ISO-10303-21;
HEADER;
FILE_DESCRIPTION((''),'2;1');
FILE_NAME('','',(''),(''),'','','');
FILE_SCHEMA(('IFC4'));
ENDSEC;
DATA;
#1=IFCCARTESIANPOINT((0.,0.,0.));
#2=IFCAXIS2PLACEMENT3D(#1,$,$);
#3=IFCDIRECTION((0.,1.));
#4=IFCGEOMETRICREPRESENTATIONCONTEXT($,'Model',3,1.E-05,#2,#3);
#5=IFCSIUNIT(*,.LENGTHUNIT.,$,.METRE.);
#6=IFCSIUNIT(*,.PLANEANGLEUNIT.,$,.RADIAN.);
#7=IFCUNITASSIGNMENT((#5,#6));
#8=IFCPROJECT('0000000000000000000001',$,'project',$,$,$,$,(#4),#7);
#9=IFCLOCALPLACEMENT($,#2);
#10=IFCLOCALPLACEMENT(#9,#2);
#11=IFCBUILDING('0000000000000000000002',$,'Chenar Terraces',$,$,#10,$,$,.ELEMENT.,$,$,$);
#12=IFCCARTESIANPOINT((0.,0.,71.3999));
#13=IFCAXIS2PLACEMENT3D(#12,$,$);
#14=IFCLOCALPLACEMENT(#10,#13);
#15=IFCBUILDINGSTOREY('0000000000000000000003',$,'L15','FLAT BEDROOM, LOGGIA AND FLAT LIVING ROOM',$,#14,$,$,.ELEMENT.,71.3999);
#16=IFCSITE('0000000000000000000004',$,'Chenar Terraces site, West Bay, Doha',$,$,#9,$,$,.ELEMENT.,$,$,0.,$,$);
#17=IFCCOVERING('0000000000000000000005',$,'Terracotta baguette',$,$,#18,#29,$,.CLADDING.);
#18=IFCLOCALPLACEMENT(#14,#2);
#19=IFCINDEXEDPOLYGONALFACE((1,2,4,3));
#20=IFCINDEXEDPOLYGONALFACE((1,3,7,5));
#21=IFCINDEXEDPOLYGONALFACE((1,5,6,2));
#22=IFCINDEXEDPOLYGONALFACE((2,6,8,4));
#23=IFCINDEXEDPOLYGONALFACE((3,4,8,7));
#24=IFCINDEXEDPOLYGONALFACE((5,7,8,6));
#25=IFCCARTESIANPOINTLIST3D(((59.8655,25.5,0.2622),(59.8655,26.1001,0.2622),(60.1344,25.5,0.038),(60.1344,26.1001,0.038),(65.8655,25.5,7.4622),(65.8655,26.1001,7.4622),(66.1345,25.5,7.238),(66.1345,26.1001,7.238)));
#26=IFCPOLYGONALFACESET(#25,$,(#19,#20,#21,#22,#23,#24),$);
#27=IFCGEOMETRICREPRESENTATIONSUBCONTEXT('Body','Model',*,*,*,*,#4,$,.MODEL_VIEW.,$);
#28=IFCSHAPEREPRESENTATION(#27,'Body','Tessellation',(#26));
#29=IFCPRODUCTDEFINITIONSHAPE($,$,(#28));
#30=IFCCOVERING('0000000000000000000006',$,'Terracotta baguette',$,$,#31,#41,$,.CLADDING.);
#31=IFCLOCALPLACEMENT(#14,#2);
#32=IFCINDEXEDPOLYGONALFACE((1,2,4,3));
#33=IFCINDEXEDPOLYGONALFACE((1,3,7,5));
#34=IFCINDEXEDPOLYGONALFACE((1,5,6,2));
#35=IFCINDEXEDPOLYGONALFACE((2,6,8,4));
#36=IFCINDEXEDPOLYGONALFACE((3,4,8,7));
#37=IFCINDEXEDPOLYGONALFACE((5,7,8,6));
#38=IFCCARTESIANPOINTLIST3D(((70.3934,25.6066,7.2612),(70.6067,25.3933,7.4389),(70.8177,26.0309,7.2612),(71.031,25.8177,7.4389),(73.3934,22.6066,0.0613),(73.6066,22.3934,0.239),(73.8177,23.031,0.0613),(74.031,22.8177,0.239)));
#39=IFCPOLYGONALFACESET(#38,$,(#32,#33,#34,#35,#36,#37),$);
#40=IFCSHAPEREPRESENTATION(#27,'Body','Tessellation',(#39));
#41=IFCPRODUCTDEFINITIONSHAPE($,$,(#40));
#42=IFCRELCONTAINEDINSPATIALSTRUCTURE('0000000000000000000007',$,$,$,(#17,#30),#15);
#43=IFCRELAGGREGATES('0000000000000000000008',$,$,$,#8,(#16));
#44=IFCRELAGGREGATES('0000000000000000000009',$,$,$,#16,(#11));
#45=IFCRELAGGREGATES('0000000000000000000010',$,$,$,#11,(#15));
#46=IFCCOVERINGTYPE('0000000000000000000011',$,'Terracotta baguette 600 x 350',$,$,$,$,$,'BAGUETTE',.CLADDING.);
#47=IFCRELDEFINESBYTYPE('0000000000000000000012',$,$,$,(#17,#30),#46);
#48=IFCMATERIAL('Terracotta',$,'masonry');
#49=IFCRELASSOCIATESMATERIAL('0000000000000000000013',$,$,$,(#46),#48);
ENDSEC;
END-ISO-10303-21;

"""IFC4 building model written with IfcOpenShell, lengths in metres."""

from ifc_helpers import new_model, si_unit, direction, frame, origin, origin_2d, place, context, subcontext, project, spatial, rectangle, extrude, material, material_profile, profile_set, type_object, element, save


model = new_model("IFC4")

# Units and contexts
model_context = context("Model", 3, precision=1e-05, world=origin(), true_north=direction((0.0, 1.0)))
body_context = subcontext(model_context, "Body", "Model", "MODEL_VIEW")
ifc_project = project(units=[si_unit("LENGTHUNIT", "METRE"), si_unit("PLANEANGLEUNIT", "RADIAN")], contexts=[model_context])

# Site, building, storey
site_placement = place(None, origin())
site = spatial("IfcSite", under=ifc_project, at=site_placement, Name="Chenar Terraces site, West Bay, Doha", CompositionType="ELEMENT", RefElevation=0.0)
building_placement = place(site_placement, origin())
building = spatial("IfcBuilding", under=site, at=building_placement, Name="Chenar Terraces", CompositionType="ELEMENT")
storey_placement = place(building_placement, frame((0.0, 0.0, 71.3999)))
storey = spatial("IfcBuildingStorey", under=building, at=storey_placement, Name="L15", Description="FLAT BEDROOM, LOGGIA AND FLAT LIVING ROOM", CompositionType="ELEMENT", Elevation=71.3999)

# Coverings
ifc_material_1 = material(Name="Terracotta", Category="masonry")
ifc_material_profile = material_profile(ifc_material_1, rectangle(XDim=0.6001, YDim=0.3501, at=origin_2d()), Name="Terracotta baguette 600 x 350")
ifc_profile_set = profile_set([ifc_material_profile], Name="Terracotta")
covering_type = type_object("IfcCoveringType", Name="Terracotta baguette 600 x 350", ElementType="BAGUETTE", PredefinedType="CLADDING", material=ifc_profile_set)
covering_1_placement = place(storey_placement, frame((66.0, 25.8, 7.3501), z_axis=(-0.640187, 0.0, -0.768219), x_axis=(0.0, -1.0, 0.0)))
element("IfcCovering", 1, at=covering_1_placement, inside=storey, type_object=covering_type, Name="Terracotta baguette", PredefinedType="CLADDING", context=body_context, shape_type="SweptSolid", body=[
    extrude(rectangle(XDim=0.6001, YDim=0.3501, at=origin_2d()), origin(), (0.0, 0.0, 1.0), 9.3723),
])
covering_2_placement = place(storey_placement, frame((73.7122, 22.7122, 0.1501), z_axis=(-0.358981, 0.358981, 0.861548), x_axis=(-0.707107, -0.707107, 0.0)))
element("IfcCovering", 2, at=covering_2_placement, inside=storey, type_object=covering_type, Name="Terracotta baguette", PredefinedType="CLADDING", context=body_context, shape_type="SweptSolid", body=[
    extrude(rectangle(XDim=0.6001, YDim=0.3501, at=origin_2d()), origin(), (0.0, 0.0, 1.0), 8.3569),
])

save(model, "model.ifc")
